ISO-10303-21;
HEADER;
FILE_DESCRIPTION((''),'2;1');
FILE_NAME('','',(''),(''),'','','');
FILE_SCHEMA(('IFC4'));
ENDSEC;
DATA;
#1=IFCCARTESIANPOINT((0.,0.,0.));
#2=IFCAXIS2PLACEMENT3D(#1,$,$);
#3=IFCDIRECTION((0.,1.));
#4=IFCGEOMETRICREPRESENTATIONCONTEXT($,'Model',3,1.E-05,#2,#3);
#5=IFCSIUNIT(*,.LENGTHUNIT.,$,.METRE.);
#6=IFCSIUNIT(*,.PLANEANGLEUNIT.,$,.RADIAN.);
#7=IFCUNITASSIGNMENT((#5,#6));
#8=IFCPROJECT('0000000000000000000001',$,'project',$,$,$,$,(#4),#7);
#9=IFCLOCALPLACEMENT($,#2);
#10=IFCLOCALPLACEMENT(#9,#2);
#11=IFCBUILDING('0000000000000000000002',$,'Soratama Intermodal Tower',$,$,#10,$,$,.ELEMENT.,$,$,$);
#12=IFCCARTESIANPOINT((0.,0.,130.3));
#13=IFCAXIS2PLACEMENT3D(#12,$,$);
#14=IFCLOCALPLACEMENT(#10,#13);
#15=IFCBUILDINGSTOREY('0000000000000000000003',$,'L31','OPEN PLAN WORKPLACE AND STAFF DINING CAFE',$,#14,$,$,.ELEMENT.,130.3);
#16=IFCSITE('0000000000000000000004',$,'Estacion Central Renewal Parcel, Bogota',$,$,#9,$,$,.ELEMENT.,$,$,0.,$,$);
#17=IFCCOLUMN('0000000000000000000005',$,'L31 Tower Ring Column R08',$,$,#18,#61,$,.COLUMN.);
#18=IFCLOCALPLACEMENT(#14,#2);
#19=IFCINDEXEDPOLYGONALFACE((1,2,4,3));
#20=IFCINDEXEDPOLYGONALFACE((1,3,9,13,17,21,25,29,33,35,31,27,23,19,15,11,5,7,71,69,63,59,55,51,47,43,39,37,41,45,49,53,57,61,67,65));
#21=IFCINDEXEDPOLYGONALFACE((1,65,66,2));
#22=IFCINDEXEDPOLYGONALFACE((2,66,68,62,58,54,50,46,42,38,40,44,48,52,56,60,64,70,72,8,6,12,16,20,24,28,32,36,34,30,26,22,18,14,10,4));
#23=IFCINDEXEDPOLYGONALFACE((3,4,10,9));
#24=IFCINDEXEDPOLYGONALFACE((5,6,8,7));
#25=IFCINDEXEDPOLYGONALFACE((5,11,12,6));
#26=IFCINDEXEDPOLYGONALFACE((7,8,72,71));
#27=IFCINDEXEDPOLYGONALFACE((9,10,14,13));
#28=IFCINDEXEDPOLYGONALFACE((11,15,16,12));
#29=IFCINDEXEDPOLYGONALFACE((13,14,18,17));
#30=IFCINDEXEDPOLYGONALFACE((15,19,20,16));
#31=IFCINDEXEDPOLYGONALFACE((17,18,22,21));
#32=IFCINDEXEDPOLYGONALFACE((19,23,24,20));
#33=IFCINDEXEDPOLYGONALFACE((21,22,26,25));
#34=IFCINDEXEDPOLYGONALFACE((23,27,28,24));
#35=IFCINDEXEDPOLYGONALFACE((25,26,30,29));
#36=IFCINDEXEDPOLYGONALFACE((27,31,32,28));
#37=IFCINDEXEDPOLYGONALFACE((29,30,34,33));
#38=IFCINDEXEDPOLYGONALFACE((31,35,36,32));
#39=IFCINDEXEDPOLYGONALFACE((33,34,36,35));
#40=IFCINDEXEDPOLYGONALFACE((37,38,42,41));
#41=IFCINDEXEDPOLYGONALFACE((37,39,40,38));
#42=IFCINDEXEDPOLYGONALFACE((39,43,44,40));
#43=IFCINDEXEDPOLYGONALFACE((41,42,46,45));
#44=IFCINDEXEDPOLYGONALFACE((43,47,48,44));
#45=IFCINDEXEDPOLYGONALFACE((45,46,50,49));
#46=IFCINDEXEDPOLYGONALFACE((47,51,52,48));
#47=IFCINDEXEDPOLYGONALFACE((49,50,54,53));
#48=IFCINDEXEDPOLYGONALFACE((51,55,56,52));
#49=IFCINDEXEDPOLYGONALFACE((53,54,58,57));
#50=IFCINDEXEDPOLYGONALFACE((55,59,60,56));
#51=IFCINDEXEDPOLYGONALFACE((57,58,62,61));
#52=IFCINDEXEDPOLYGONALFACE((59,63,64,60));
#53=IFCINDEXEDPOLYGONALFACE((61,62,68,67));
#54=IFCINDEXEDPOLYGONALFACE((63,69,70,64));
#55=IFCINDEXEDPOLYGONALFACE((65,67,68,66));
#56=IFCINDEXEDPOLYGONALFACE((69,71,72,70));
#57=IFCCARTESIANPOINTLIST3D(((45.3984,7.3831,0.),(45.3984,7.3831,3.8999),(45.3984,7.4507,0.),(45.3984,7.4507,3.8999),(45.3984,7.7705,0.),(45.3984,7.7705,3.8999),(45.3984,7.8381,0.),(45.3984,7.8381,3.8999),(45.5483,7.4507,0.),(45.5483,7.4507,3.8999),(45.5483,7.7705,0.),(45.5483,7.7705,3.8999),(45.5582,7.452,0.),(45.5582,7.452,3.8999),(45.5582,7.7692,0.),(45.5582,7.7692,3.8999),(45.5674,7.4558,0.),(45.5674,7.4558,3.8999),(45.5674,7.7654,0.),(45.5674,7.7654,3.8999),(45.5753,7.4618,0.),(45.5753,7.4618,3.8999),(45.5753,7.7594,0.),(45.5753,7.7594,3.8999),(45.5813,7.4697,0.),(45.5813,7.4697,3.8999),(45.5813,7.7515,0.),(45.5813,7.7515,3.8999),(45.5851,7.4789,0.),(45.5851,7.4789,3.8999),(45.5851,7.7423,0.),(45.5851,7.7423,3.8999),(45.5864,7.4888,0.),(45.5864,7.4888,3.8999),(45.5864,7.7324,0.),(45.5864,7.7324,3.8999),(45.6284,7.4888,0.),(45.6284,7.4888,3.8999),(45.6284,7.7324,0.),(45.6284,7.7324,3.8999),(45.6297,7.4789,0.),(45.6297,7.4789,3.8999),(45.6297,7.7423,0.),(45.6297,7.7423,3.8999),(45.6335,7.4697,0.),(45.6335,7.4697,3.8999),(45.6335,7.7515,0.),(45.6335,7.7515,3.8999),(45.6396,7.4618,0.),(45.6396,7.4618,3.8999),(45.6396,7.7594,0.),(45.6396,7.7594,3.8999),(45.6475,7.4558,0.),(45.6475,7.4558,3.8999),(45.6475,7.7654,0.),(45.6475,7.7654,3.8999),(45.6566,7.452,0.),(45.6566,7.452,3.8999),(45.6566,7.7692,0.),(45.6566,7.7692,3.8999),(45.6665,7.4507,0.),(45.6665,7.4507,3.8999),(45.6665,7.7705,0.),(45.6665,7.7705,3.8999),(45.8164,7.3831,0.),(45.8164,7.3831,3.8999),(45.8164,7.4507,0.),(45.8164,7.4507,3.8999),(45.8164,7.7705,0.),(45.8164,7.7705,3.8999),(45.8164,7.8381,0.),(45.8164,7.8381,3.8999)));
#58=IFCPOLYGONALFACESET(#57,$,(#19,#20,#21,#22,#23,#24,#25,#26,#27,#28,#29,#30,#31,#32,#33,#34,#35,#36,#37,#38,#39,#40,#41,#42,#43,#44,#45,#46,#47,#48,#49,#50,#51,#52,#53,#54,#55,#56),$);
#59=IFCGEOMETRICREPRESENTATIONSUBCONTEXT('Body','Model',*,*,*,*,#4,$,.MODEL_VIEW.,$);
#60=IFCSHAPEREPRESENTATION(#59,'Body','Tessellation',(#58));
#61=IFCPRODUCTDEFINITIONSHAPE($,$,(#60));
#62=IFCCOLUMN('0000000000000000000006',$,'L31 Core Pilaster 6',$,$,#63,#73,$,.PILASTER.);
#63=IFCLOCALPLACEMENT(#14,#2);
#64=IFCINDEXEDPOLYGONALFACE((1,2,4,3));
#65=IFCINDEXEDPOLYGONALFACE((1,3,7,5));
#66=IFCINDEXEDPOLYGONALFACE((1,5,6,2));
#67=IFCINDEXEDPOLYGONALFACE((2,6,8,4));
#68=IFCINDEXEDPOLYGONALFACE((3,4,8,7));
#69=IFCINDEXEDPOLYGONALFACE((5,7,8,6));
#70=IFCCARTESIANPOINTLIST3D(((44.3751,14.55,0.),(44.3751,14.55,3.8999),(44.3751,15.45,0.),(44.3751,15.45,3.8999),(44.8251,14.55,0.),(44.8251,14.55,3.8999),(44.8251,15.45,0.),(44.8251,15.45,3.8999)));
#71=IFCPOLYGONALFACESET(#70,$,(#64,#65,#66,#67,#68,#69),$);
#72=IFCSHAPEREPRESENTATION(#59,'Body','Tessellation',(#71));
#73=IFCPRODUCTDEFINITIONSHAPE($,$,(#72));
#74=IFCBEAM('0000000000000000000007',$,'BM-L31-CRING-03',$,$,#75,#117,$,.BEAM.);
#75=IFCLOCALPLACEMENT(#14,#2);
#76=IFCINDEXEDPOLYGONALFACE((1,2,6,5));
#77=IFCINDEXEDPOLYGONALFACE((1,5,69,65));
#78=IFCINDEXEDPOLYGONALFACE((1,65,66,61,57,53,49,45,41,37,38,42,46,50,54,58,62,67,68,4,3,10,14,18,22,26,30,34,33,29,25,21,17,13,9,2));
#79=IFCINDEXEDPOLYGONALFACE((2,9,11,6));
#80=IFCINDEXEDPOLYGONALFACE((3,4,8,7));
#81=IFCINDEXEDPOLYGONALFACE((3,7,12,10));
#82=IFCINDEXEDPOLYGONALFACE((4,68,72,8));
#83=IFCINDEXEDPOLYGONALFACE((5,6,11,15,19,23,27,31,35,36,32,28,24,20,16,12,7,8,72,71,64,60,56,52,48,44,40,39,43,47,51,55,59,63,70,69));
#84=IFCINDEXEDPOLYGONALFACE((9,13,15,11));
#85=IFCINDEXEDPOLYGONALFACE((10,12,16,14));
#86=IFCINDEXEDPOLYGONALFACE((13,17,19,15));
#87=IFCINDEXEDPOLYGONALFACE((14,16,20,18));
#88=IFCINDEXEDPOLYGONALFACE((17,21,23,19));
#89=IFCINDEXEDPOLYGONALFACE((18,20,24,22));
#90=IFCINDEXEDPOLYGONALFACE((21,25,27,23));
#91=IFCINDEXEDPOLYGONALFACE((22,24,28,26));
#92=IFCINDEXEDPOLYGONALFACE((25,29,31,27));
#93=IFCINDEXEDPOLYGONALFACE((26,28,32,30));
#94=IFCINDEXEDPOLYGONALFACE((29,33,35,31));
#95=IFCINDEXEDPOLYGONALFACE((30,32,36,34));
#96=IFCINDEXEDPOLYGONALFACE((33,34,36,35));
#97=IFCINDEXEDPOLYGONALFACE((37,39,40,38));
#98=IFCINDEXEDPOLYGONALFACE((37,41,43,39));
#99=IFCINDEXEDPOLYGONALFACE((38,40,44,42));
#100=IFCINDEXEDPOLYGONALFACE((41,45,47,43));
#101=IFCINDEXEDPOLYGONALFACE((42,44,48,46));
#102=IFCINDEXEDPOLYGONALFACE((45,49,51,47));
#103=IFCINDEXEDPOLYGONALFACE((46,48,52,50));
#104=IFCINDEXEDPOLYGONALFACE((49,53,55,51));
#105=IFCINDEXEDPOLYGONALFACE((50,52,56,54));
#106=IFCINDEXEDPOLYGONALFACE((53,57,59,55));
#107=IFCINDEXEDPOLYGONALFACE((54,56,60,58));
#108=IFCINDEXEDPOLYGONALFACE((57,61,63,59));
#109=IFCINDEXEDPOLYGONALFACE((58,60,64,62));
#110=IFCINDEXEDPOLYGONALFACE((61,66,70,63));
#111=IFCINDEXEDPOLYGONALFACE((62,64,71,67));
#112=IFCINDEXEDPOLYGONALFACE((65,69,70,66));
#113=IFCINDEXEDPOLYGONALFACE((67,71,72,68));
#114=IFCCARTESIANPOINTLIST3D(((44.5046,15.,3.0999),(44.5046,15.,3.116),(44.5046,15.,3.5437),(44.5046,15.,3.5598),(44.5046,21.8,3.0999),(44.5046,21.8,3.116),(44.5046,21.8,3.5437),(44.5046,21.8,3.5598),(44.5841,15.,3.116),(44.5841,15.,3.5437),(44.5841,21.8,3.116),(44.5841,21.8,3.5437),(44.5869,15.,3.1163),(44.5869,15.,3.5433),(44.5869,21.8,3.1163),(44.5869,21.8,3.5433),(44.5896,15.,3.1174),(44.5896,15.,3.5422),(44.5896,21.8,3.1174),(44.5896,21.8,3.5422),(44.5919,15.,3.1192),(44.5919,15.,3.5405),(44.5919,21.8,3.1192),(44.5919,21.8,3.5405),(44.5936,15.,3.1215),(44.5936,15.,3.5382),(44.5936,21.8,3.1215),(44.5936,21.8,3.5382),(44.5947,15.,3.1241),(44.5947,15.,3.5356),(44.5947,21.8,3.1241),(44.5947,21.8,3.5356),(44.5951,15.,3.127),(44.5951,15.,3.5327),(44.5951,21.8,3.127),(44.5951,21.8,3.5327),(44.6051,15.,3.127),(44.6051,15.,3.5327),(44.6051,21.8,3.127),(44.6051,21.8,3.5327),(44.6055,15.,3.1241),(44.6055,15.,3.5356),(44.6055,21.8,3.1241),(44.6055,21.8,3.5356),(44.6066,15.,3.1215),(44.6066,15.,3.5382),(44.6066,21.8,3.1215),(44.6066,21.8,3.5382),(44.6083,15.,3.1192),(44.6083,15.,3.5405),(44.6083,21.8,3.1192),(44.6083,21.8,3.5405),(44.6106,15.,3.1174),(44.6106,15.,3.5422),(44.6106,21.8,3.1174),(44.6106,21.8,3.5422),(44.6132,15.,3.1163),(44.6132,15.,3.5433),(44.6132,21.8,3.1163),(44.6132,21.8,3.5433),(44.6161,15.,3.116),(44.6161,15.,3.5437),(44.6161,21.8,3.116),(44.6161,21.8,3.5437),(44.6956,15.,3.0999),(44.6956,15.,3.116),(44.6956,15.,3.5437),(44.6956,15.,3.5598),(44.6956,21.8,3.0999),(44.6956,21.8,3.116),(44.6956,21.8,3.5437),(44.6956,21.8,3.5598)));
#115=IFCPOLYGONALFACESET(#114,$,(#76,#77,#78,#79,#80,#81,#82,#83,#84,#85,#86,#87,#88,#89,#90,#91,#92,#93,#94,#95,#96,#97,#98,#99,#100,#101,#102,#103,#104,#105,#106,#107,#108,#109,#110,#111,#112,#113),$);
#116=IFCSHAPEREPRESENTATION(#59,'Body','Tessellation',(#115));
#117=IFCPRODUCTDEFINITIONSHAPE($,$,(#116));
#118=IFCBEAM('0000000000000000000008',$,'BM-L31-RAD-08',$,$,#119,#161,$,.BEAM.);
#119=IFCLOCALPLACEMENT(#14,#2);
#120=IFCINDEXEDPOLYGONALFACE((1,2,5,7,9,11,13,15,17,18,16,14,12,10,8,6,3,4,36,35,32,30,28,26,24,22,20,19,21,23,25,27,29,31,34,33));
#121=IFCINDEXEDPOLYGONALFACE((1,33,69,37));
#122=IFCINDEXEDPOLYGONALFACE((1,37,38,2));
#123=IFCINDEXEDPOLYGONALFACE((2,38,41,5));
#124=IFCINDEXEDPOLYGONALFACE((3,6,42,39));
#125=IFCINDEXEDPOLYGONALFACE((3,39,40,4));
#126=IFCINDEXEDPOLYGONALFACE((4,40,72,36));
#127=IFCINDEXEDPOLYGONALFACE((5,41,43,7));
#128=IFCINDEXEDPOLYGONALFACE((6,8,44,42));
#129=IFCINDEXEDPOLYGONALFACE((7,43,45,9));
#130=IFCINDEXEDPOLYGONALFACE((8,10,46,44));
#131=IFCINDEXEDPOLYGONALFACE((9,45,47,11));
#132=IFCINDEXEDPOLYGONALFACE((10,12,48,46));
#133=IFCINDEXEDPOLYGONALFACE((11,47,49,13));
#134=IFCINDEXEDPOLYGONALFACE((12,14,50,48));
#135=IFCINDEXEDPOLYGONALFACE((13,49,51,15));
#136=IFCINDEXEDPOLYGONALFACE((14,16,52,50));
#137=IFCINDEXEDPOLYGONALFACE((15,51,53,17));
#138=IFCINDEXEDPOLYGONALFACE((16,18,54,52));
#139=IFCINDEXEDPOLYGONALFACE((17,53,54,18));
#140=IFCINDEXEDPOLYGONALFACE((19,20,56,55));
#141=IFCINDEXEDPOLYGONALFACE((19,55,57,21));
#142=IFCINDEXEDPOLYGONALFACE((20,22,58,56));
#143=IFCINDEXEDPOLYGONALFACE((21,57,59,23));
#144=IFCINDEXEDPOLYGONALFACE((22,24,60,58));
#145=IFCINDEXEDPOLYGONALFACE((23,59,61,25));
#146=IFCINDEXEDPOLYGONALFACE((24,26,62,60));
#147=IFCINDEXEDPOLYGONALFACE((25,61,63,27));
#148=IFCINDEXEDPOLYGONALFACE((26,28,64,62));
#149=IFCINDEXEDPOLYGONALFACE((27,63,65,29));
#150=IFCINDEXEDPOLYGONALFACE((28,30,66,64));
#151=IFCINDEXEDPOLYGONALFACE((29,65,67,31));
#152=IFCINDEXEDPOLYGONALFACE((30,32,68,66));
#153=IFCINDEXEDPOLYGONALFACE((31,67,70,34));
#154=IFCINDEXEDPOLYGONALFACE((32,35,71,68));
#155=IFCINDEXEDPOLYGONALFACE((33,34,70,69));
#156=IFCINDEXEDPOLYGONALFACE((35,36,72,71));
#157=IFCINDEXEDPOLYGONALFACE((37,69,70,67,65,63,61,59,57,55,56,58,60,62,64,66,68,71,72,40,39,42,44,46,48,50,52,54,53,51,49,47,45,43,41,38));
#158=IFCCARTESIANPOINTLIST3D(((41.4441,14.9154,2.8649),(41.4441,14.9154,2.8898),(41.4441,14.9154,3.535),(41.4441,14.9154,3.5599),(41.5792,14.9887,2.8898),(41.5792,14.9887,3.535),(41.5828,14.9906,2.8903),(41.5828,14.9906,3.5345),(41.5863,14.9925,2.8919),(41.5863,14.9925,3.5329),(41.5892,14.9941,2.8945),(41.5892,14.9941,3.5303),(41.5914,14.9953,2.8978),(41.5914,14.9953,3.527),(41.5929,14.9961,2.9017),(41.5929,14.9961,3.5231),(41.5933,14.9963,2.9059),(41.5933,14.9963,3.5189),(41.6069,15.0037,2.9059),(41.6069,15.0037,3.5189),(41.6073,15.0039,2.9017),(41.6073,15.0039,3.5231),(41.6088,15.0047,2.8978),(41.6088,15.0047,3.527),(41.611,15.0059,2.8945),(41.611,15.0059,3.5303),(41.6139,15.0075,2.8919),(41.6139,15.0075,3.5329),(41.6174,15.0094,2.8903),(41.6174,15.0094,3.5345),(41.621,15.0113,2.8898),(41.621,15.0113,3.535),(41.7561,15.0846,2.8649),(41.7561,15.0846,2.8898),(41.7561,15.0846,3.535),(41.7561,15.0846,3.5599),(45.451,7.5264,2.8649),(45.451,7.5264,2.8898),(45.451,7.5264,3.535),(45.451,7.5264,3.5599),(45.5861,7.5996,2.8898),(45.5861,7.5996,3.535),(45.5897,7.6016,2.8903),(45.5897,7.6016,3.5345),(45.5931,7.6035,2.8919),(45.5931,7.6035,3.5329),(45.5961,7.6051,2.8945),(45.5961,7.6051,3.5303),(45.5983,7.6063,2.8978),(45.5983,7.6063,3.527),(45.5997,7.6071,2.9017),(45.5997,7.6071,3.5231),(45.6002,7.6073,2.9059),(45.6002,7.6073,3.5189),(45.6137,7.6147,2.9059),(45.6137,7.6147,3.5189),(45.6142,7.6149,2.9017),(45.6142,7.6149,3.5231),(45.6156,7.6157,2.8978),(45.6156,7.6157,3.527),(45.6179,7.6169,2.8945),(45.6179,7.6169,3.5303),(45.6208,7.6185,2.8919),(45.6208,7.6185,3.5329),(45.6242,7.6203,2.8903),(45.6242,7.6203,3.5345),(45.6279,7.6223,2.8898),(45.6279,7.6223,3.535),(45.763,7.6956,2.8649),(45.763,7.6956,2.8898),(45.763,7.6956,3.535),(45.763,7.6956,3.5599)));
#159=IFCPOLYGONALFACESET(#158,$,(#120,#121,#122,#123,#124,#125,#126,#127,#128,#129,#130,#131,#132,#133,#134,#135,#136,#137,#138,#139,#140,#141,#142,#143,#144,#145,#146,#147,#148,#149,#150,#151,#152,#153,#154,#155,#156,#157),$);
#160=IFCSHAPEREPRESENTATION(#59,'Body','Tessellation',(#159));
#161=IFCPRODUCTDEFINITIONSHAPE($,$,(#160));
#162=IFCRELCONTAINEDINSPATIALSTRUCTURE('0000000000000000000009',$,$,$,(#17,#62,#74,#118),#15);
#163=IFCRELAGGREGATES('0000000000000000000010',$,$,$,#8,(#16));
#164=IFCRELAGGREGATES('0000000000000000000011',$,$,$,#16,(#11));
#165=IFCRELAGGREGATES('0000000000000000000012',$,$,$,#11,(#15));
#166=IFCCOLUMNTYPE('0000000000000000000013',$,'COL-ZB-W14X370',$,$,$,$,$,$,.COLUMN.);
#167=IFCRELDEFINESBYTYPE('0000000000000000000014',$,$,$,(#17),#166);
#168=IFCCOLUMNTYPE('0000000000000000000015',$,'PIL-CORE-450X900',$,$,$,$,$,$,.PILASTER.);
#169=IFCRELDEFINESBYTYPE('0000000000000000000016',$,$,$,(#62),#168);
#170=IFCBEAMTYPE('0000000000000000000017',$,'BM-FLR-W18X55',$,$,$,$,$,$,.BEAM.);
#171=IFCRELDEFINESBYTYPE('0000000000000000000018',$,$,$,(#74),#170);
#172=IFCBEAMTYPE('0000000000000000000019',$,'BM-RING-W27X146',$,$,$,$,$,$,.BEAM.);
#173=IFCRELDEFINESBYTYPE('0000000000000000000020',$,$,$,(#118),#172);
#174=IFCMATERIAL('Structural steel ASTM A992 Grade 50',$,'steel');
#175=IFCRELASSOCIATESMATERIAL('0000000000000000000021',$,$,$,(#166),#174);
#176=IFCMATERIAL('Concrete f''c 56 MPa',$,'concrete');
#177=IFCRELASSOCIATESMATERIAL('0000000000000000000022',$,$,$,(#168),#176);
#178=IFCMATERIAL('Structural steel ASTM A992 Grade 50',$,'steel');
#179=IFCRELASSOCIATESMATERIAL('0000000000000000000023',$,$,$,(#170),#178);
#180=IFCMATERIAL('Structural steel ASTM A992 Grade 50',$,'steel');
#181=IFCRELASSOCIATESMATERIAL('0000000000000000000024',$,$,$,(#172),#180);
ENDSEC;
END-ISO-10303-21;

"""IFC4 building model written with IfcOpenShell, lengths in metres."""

from ifc_helpers import new_model, si_unit, direction, frame, origin, origin_2d, place, context, subcontext, project, spatial, rectangle, i_section, extrude, material, material_profile, profile_set, type_object, element, save


model = new_model("IFC4")

# Units and contexts
model_context = context("Model", 3, precision=1e-05, world=origin(), true_north=direction((0.0, 1.0)))
body_context = subcontext(model_context, "Body", "Model", "MODEL_VIEW")
ifc_project = project(units=[si_unit("LENGTHUNIT", "METRE"), si_unit("PLANEANGLEUNIT", "RADIAN")], contexts=[model_context])

# Site, building, storey
site_placement = place(None, origin())
site = spatial("IfcSite", under=ifc_project, at=site_placement, Name="Estacion Central Renewal Parcel, Bogota", CompositionType="ELEMENT", RefElevation=0.0)
building_placement = place(site_placement, origin())
building = spatial("IfcBuilding", under=site, at=building_placement, Name="Soratama Intermodal Tower", CompositionType="ELEMENT")
storey_placement = place(building_placement, frame((0.0, 0.0, 130.3)))
storey = spatial("IfcBuildingStorey", under=building, at=storey_placement, Name="L31", Description="OPEN PLAN WORKPLACE AND STAFF DINING CAFE", CompositionType="ELEMENT", Elevation=130.3)

# Columns
ifc_material_1 = material(Name="Structural steel ASTM A992 Grade 50", Category="steel")
ifc_material_profile_1 = material_profile(ifc_material_1, i_section(OverallWidth=0.418, OverallDepth=0.4551, WebThickness=0.042, FlangeThickness=0.0676, FilletRadius=0.0381, at=origin_2d()), Name="W14X370")
ifc_profile_set_1 = profile_set([ifc_material_profile_1], Name="Structural steel ASTM A992 Grade 50")
column_type_1 = type_object("IfcColumnType", Name="COL-ZB-W14X370", PredefinedType="COLUMN", material=ifc_profile_set_1)
column_1_placement = place(storey_placement, frame((45.6074, 7.6106, 0.0), z_axis=(0.0, 0.0, 1.0), x_axis=(1.0, 0.0, 0.0)))
element("IfcColumn", 1, at=column_1_placement, inside=storey, type_object=column_type_1, Name="L31 Tower Ring Column R08", PredefinedType="COLUMN", context=body_context, shape_type="SweptSolid", body=[
    extrude(i_section(OverallWidth=0.418, OverallDepth=0.4551, WebThickness=0.042, FlangeThickness=0.0676, FilletRadius=0.0381, at=origin_2d()), origin(), (0.0, 0.0, 1.0), 3.8999),
])
ifc_material_2 = material(Name="Concrete f'c 56 MPa", Category="concrete")
ifc_material_profile_2 = material_profile(ifc_material_2, rectangle(XDim=0.45, YDim=0.8999, at=origin_2d()), Name="RC450X900")
ifc_profile_set_2 = profile_set([ifc_material_profile_2], Name="Concrete f'c 56 MPa")
column_type_2 = type_object("IfcColumnType", Name="PIL-CORE-450X900", PredefinedType="PILASTER", material=ifc_profile_set_2)
column_2_placement = place(storey_placement, frame((44.6001, 15.0, 0.0), z_axis=(0.0, 0.0, 1.0), x_axis=(1.0, 0.0, 0.0)))
element("IfcColumn", 2, at=column_2_placement, inside=storey, type_object=column_type_2, Name="L31 Core Pilaster 6", PredefinedType="PILASTER", context=body_context, shape_type="SweptSolid", body=[
    extrude(rectangle(XDim=0.45, YDim=0.8999, at=origin_2d()), origin(), (0.0, 0.0, 1.0), 3.8999),
])

# Beams
ifc_material_3 = material(Name="Structural steel ASTM A992 Grade 50", Category="steel")
ifc_material_profile_3 = material_profile(ifc_material_3, i_section(OverallWidth=0.1909, OverallDepth=0.46, WebThickness=0.01, FlangeThickness=0.0161, FilletRadius=0.011, at=origin_2d()), Name="W18X55")
ifc_profile_set_3 = profile_set([ifc_material_profile_3], Name="Structural steel ASTM A992 Grade 50")
beam_type_1 = type_object("IfcBeamType", Name="BM-FLR-W18X55", PredefinedType="BEAM", material=ifc_profile_set_3)
beam_1_placement = place(storey_placement, frame((44.6001, 15.0, 3.3298), z_axis=(0.0, 1.0, 0.0), x_axis=(-1.0, 0.0, 0.0)))
element("IfcBeam", 3, at=beam_1_placement, inside=storey, type_object=beam_type_1, Name="BM-L31-CRING-03", PredefinedType="BEAM", context=body_context, shape_type="SweptSolid", body=[
    extrude(i_section(OverallWidth=0.1909, OverallDepth=0.46, WebThickness=0.01, FlangeThickness=0.0161, FilletRadius=0.011, at=origin_2d()), origin(), (0.0, 0.0, 1.0), 6.8),
])
ifc_material_4 = material(Name="Structural steel ASTM A992 Grade 50", Category="steel")
ifc_material_profile_4 = material_profile(ifc_material_4, i_section(OverallWidth=0.355, OverallDepth=0.6951, WebThickness=0.0154, FlangeThickness=0.0249, FilletRadius=0.0161, at=origin_2d()), Name="W27X146")
ifc_profile_set_4 = profile_set([ifc_material_profile_4], Name="Structural steel ASTM A992 Grade 50")
beam_type_2 = type_object("IfcBeamType", Name="BM-RING-W27X146", PredefinedType="BEAM", material=ifc_profile_set_4)
beam_2_placement = place(storey_placement, frame((41.6001, 15.0, 3.2124), z_axis=(0.476698, -0.879067, 0.0), x_axis=(0.879067, 0.476698, 0.0)))
element("IfcBeam", 4, at=beam_2_placement, inside=storey, type_object=beam_type_2, Name="BM-L31-RAD-08", PredefinedType="BEAM", context=body_context, shape_type="SweptSolid", body=[
    extrude(i_section(OverallWidth=0.355, OverallDepth=0.6951, WebThickness=0.0154, FlangeThickness=0.0249, FilletRadius=0.0161, at=origin_2d()), origin(), (0.0, 0.0, 1.0), 8.4055),
])

save(model, "model.ifc")
